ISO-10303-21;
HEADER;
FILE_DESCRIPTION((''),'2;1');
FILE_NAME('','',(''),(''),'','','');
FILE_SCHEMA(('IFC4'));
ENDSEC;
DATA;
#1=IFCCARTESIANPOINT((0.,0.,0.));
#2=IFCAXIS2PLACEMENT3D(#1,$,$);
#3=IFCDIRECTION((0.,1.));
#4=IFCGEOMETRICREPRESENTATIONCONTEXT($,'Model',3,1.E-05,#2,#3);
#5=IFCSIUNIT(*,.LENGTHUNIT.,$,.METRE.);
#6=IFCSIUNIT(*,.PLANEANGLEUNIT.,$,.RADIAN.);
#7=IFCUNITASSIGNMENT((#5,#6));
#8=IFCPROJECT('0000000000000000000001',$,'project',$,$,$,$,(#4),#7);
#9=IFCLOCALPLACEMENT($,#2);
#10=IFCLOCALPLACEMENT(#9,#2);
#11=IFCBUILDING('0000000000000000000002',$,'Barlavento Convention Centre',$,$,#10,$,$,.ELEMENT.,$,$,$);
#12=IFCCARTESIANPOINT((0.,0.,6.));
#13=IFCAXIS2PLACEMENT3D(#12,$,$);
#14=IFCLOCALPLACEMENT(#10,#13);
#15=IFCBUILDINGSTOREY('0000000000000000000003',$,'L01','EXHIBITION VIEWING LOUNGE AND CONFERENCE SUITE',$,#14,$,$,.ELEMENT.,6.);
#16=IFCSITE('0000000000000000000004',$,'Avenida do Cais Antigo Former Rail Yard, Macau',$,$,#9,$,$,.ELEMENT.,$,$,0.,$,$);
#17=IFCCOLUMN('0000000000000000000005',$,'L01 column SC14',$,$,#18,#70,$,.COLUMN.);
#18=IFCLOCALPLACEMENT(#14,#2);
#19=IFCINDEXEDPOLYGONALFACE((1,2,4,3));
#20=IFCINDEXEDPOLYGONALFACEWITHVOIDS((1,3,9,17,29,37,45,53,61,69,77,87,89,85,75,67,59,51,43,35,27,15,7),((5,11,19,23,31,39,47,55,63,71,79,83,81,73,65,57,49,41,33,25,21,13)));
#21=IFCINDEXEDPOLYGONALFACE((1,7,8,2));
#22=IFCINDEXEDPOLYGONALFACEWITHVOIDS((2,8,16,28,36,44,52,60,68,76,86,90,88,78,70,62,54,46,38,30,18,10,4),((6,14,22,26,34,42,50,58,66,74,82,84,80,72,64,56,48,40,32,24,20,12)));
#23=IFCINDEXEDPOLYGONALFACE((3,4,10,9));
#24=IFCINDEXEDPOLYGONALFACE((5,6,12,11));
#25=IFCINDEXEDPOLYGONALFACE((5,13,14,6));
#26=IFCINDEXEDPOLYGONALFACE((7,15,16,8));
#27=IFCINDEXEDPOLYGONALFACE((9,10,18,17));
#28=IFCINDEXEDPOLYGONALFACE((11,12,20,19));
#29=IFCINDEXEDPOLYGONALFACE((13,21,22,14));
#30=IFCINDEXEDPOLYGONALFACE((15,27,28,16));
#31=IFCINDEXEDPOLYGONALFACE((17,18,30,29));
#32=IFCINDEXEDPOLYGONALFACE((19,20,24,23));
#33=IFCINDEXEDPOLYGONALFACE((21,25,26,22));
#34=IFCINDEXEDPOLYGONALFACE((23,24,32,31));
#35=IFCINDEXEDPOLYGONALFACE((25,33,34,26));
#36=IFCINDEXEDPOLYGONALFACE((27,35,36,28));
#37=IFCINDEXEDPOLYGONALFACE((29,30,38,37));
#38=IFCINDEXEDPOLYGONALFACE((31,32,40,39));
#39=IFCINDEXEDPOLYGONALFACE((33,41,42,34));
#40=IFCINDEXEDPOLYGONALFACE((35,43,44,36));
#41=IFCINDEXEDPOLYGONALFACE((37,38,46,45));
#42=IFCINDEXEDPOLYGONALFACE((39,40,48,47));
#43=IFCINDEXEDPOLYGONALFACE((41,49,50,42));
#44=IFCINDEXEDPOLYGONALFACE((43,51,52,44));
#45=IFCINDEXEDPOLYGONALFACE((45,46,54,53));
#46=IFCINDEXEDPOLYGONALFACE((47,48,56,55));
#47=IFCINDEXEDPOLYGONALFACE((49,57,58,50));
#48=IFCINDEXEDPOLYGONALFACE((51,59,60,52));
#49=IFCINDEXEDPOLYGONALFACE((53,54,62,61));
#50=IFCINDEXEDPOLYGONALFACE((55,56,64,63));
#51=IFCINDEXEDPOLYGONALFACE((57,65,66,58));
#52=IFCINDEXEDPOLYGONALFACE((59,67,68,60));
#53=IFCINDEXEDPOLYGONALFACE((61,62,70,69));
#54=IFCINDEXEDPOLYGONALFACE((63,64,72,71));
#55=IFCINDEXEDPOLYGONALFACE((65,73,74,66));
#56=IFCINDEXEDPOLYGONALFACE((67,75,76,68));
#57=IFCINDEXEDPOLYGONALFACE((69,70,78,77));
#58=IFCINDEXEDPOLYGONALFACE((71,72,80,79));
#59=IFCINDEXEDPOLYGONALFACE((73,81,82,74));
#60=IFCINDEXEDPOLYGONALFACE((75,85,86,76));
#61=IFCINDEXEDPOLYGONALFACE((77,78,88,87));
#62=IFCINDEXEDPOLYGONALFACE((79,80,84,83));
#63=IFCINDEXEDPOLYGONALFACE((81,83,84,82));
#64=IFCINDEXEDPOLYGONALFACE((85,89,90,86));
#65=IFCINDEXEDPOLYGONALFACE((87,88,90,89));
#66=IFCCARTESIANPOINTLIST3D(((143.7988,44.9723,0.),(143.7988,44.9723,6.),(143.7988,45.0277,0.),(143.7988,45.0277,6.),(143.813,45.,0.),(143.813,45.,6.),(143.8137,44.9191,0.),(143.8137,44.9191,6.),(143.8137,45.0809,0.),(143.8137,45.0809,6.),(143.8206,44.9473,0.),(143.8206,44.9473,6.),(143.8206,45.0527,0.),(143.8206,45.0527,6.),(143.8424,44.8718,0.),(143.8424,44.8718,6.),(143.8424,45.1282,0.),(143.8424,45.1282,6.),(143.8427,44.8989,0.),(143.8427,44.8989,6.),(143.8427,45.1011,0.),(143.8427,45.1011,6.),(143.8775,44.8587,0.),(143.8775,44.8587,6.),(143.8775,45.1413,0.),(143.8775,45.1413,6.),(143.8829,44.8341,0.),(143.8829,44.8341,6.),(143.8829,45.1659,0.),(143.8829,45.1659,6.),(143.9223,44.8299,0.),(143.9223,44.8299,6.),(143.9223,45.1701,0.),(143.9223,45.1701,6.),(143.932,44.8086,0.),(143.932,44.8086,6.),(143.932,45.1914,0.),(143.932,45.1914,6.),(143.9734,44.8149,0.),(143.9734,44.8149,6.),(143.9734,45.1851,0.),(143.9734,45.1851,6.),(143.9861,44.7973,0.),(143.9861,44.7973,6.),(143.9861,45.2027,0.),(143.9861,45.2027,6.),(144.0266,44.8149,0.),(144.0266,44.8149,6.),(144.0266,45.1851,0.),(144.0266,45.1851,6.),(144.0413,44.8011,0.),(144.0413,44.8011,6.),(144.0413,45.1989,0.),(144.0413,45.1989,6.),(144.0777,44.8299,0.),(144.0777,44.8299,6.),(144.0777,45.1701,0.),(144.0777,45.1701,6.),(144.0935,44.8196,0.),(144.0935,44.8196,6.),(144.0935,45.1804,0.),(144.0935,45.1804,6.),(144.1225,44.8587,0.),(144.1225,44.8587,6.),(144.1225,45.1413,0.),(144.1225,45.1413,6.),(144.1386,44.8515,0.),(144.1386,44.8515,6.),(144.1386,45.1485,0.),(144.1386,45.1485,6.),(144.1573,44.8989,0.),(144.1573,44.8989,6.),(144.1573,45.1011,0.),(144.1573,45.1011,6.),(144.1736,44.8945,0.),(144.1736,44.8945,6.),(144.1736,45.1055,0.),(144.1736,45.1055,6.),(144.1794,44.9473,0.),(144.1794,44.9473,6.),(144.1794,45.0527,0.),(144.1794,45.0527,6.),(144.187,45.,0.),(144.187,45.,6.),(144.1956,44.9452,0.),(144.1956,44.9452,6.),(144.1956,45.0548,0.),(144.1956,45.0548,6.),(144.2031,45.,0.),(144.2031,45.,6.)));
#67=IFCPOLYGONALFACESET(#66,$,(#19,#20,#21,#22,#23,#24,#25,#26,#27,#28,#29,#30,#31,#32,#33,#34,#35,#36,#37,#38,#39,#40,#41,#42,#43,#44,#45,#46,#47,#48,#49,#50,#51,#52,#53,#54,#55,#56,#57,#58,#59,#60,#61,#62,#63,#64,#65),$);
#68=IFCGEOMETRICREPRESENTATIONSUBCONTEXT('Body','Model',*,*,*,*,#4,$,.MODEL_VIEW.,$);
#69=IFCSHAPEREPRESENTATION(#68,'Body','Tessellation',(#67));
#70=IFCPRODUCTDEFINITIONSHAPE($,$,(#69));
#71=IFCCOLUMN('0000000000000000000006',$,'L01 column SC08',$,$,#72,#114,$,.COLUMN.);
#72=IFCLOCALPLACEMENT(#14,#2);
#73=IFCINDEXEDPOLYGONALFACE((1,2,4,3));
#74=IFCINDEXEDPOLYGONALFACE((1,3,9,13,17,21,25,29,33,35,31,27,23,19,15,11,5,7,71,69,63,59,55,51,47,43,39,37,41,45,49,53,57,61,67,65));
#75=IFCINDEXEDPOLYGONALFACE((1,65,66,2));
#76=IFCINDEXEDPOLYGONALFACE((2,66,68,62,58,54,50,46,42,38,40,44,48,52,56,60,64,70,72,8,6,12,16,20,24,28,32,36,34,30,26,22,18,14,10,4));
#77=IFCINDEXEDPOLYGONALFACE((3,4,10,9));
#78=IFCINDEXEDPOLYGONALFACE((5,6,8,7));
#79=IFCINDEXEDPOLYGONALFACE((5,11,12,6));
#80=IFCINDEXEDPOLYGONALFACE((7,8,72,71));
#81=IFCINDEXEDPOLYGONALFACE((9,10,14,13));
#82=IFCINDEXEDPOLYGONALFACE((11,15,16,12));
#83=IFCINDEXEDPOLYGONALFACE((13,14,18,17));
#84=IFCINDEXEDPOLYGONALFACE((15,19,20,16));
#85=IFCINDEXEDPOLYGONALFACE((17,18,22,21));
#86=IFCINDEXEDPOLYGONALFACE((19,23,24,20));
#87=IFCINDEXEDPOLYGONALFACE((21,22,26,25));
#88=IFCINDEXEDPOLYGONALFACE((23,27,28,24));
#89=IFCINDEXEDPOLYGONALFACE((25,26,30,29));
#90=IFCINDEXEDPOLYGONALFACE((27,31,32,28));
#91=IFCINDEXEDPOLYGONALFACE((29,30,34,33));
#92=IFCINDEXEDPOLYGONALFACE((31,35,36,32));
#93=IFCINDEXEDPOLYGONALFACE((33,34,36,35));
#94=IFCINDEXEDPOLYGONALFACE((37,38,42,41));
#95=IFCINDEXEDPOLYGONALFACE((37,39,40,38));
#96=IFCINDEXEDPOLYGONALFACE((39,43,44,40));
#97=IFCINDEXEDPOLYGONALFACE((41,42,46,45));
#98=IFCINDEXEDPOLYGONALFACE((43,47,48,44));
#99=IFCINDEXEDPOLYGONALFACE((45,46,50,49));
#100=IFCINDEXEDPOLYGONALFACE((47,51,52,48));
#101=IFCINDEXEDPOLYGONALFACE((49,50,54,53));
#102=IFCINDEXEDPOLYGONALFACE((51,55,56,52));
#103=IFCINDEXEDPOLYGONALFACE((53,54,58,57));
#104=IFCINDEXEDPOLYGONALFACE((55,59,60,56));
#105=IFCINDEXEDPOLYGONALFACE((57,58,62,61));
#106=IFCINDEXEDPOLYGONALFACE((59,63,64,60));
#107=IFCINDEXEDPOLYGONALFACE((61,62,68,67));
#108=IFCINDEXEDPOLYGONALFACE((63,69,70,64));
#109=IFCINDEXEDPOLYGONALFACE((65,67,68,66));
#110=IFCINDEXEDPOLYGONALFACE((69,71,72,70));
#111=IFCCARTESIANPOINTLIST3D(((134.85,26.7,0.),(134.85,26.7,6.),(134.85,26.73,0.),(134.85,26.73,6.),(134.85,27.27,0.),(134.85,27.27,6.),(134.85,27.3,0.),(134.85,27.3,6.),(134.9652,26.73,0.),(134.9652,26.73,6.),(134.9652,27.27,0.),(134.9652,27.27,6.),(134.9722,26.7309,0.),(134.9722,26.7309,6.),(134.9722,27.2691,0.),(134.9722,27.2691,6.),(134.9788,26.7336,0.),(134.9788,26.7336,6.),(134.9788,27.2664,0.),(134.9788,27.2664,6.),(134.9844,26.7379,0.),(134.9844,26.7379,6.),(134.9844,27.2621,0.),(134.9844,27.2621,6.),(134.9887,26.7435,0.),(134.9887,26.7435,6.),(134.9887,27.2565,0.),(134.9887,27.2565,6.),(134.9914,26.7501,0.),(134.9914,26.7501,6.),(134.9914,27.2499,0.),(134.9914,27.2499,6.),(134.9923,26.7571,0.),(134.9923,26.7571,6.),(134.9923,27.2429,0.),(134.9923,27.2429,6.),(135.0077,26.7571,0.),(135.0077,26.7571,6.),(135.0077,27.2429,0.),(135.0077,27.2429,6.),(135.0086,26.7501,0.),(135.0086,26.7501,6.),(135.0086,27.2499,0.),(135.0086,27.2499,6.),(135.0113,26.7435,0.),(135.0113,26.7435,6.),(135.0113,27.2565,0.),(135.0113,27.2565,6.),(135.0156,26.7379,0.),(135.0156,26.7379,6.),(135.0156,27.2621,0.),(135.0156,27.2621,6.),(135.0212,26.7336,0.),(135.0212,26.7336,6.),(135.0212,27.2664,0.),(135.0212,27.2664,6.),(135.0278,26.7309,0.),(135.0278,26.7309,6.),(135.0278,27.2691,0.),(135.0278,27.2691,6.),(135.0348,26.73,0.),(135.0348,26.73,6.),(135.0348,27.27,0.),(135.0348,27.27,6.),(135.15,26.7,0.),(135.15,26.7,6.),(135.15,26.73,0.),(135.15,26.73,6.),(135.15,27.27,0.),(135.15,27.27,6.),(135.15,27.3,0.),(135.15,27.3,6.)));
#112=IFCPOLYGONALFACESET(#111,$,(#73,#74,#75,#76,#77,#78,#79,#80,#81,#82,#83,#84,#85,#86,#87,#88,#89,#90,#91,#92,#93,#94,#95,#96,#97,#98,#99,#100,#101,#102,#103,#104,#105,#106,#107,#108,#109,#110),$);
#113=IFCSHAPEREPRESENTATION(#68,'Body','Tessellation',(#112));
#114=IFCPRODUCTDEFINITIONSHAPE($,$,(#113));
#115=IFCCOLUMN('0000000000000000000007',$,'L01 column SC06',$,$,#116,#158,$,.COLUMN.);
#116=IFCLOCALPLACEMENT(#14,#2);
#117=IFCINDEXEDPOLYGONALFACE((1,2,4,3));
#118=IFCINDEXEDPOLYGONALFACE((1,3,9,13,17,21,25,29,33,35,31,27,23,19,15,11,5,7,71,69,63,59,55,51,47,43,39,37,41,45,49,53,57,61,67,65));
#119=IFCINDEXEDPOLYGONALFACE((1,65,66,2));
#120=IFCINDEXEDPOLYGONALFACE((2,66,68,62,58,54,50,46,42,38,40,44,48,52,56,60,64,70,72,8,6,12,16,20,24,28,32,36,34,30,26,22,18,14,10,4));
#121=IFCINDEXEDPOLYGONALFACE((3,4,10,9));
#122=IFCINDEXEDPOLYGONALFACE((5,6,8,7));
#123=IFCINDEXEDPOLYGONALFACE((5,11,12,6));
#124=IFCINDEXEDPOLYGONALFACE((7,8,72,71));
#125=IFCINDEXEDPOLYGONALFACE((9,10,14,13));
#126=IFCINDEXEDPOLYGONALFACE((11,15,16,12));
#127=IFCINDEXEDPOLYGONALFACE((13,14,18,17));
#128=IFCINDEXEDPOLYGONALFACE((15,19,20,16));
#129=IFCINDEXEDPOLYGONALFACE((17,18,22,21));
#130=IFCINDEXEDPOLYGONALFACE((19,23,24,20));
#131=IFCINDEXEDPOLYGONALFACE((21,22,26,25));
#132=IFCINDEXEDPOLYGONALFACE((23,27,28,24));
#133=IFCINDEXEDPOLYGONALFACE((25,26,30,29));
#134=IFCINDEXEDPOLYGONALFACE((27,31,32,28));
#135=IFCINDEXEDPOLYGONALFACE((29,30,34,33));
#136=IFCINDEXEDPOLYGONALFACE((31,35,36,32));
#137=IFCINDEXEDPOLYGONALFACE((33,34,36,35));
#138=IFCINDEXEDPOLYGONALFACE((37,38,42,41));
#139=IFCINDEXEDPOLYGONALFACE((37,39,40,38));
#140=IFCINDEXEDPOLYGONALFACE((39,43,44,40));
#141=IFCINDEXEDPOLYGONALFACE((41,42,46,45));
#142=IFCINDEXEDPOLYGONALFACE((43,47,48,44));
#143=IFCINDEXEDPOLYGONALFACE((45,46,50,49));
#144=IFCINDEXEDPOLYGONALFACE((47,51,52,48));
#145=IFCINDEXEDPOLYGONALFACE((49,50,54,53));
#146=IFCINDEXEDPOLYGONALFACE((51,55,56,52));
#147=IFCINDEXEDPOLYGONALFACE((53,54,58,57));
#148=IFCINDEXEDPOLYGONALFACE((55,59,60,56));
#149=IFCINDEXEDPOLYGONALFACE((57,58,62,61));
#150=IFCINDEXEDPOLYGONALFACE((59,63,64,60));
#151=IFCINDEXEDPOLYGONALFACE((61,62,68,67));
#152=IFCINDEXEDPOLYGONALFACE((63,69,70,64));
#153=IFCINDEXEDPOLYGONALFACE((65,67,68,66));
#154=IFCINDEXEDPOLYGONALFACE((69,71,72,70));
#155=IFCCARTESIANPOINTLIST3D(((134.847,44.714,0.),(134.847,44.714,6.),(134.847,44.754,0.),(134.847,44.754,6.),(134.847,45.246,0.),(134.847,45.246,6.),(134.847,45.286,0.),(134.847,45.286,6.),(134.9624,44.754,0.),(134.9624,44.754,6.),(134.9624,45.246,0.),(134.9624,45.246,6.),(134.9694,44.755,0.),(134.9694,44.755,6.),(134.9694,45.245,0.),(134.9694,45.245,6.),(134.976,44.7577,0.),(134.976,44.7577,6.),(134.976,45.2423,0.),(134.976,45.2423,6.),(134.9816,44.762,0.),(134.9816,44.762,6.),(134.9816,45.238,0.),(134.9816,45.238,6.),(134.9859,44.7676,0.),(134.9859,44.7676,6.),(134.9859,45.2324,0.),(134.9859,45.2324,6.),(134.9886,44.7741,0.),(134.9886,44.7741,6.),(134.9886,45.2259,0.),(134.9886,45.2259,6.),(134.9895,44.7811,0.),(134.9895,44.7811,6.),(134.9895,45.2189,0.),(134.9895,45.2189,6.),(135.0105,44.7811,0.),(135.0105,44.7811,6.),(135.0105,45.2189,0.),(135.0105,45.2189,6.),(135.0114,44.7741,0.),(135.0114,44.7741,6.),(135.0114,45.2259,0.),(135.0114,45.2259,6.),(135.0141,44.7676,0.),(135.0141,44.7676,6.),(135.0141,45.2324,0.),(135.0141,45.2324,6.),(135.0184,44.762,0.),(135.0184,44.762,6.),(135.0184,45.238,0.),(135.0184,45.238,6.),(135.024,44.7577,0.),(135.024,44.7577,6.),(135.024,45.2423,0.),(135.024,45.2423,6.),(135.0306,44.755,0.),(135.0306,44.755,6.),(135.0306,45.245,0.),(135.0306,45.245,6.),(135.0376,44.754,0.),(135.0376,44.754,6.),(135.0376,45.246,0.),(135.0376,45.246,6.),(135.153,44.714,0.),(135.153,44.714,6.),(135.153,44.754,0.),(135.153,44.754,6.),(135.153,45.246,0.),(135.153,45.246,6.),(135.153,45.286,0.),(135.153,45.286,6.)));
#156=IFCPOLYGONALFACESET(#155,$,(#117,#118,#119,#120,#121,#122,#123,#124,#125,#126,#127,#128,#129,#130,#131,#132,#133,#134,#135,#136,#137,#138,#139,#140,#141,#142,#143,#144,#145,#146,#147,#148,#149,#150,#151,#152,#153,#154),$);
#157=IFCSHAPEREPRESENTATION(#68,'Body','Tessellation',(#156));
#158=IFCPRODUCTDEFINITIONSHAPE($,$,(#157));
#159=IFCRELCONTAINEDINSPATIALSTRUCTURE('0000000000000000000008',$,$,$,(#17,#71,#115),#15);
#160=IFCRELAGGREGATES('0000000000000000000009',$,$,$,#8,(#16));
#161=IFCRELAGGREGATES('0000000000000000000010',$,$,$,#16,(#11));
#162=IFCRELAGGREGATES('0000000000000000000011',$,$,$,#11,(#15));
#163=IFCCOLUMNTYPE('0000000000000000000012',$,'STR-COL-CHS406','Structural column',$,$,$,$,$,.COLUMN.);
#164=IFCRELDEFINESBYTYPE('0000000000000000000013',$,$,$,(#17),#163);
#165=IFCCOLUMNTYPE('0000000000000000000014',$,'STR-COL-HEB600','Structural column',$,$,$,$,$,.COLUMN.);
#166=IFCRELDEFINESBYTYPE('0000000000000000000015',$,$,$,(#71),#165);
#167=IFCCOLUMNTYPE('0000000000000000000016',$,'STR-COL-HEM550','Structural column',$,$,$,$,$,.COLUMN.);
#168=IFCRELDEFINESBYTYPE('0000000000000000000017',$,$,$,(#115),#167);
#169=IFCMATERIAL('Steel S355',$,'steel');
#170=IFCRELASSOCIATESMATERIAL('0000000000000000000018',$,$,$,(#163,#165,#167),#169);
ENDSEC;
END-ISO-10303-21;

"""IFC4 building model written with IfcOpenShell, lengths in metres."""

from ifc_helpers import new_model, si_unit, direction, frame, origin, origin_2d, place, context, subcontext, project, spatial, hollow_circle, i_section, extrude, material, material_profile, profile_set, type_object, element, save


model = new_model("IFC4")

# Units and contexts
model_context = context("Model", 3, precision=1e-05, world=origin(), true_north=direction((0.0, 1.0)))
body_context = subcontext(model_context, "Body", "Model", "MODEL_VIEW")
ifc_project = project(units=[si_unit("LENGTHUNIT", "METRE"), si_unit("PLANEANGLEUNIT", "RADIAN")], contexts=[model_context])

# Site, building, storey
site_placement = place(None, origin())
site = spatial("IfcSite", under=ifc_project, at=site_placement, Name="Avenida do Cais Antigo Former Rail Yard, Macau", CompositionType="ELEMENT", RefElevation=0.0)
building_placement = place(site_placement, origin())
building = spatial("IfcBuilding", under=site, at=building_placement, Name="Barlavento Convention Centre", CompositionType="ELEMENT")
storey_placement = place(building_placement, frame((0.0, 0.0, 6.0)))
storey = spatial("IfcBuildingStorey", under=building, at=storey_placement, Name="L01", Description="EXHIBITION VIEWING LOUNGE AND CONFERENCE SUITE", CompositionType="ELEMENT", Elevation=6.0)

# Columns
ifc_material_1 = material(Name="Steel S355", Category="steel")
ifc_material_profile_1 = material_profile(ifc_material_1, hollow_circle(Radius=0.2031, WallThickness=0.0161, at=origin_2d()), Name="CHS 406.4x16.0")
ifc_profile_set_1 = profile_set([ifc_material_profile_1], Name="Steel S355")
column_type_1 = type_object("IfcColumnType", Name="STR-COL-CHS406", Description="Structural column", PredefinedType="COLUMN", material=ifc_profile_set_1)
column_1_placement = place(storey_placement, frame((144.0, 45.0, 0.0), z_axis=(0.0, 0.0, 1.0), x_axis=(1.0, 0.0, 0.0)))
element("IfcColumn", 1, at=column_1_placement, inside=storey, type_object=column_type_1, Name="L01 column SC14", PredefinedType="COLUMN", context=body_context, shape_type="SweptSolid", body=[
    extrude(hollow_circle(Radius=0.2031, WallThickness=0.0161, at=origin_2d()), origin(), (0.0, 0.0, 1.0), 6.0),
])
ifc_material_profile_2 = material_profile(ifc_material_1, i_section(OverallWidth=0.3, OverallDepth=0.6001, WebThickness=0.0154, FlangeThickness=0.03, FilletRadius=0.0271, at=origin_2d()), Name="HEB 600")
ifc_profile_set_2 = profile_set([ifc_material_profile_2], Name="Steel S355")
column_type_2 = type_object("IfcColumnType", Name="STR-COL-HEB600", Description="Structural column", PredefinedType="COLUMN", material=ifc_profile_set_2)
column_2_placement = place(storey_placement, frame((135.0, 27.0, 0.0), z_axis=(0.0, 0.0, 1.0), x_axis=(1.0, 0.0, 0.0)))
element("IfcColumn", 2, at=column_2_placement, inside=storey, type_object=column_type_2, Name="L01 column SC08", PredefinedType="COLUMN", context=body_context, shape_type="SweptSolid", body=[
    extrude(i_section(OverallWidth=0.3, OverallDepth=0.6001, WebThickness=0.0154, FlangeThickness=0.03, FilletRadius=0.0271, at=origin_2d()), origin(), (0.0, 0.0, 1.0), 6.0),
])
ifc_material_profile_3 = material_profile(ifc_material_1, i_section(OverallWidth=0.3059, OverallDepth=0.572, WebThickness=0.021, FlangeThickness=0.04, FilletRadius=0.0271, at=origin_2d()), Name="HEM 550")
ifc_profile_set_3 = profile_set([ifc_material_profile_3], Name="Steel S355")
column_type_3 = type_object("IfcColumnType", Name="STR-COL-HEM550", Description="Structural column", PredefinedType="COLUMN", material=ifc_profile_set_3)
for number, where, z_axis, x_axis, name in (
    (3, (135.0, 45.0, 0.0), (0.0, 0.0, 1.0), (1.0, 0.0, 0.0), "L01 column SC06"),
):
    element("IfcColumn", number, at=place(storey_placement, frame(where, z_axis=z_axis, x_axis=x_axis)), inside=storey, type_object=column_type_3, Name=name, PredefinedType="COLUMN", context=body_context, shape_type="SweptSolid", body=[
        extrude(i_section(OverallWidth=0.3059, OverallDepth=0.572, WebThickness=0.021, FlangeThickness=0.04, FilletRadius=0.0271, at=origin_2d()), origin(), (0.0, 0.0, 1.0), 6.0),
    ])

save(model, "model.ifc")
